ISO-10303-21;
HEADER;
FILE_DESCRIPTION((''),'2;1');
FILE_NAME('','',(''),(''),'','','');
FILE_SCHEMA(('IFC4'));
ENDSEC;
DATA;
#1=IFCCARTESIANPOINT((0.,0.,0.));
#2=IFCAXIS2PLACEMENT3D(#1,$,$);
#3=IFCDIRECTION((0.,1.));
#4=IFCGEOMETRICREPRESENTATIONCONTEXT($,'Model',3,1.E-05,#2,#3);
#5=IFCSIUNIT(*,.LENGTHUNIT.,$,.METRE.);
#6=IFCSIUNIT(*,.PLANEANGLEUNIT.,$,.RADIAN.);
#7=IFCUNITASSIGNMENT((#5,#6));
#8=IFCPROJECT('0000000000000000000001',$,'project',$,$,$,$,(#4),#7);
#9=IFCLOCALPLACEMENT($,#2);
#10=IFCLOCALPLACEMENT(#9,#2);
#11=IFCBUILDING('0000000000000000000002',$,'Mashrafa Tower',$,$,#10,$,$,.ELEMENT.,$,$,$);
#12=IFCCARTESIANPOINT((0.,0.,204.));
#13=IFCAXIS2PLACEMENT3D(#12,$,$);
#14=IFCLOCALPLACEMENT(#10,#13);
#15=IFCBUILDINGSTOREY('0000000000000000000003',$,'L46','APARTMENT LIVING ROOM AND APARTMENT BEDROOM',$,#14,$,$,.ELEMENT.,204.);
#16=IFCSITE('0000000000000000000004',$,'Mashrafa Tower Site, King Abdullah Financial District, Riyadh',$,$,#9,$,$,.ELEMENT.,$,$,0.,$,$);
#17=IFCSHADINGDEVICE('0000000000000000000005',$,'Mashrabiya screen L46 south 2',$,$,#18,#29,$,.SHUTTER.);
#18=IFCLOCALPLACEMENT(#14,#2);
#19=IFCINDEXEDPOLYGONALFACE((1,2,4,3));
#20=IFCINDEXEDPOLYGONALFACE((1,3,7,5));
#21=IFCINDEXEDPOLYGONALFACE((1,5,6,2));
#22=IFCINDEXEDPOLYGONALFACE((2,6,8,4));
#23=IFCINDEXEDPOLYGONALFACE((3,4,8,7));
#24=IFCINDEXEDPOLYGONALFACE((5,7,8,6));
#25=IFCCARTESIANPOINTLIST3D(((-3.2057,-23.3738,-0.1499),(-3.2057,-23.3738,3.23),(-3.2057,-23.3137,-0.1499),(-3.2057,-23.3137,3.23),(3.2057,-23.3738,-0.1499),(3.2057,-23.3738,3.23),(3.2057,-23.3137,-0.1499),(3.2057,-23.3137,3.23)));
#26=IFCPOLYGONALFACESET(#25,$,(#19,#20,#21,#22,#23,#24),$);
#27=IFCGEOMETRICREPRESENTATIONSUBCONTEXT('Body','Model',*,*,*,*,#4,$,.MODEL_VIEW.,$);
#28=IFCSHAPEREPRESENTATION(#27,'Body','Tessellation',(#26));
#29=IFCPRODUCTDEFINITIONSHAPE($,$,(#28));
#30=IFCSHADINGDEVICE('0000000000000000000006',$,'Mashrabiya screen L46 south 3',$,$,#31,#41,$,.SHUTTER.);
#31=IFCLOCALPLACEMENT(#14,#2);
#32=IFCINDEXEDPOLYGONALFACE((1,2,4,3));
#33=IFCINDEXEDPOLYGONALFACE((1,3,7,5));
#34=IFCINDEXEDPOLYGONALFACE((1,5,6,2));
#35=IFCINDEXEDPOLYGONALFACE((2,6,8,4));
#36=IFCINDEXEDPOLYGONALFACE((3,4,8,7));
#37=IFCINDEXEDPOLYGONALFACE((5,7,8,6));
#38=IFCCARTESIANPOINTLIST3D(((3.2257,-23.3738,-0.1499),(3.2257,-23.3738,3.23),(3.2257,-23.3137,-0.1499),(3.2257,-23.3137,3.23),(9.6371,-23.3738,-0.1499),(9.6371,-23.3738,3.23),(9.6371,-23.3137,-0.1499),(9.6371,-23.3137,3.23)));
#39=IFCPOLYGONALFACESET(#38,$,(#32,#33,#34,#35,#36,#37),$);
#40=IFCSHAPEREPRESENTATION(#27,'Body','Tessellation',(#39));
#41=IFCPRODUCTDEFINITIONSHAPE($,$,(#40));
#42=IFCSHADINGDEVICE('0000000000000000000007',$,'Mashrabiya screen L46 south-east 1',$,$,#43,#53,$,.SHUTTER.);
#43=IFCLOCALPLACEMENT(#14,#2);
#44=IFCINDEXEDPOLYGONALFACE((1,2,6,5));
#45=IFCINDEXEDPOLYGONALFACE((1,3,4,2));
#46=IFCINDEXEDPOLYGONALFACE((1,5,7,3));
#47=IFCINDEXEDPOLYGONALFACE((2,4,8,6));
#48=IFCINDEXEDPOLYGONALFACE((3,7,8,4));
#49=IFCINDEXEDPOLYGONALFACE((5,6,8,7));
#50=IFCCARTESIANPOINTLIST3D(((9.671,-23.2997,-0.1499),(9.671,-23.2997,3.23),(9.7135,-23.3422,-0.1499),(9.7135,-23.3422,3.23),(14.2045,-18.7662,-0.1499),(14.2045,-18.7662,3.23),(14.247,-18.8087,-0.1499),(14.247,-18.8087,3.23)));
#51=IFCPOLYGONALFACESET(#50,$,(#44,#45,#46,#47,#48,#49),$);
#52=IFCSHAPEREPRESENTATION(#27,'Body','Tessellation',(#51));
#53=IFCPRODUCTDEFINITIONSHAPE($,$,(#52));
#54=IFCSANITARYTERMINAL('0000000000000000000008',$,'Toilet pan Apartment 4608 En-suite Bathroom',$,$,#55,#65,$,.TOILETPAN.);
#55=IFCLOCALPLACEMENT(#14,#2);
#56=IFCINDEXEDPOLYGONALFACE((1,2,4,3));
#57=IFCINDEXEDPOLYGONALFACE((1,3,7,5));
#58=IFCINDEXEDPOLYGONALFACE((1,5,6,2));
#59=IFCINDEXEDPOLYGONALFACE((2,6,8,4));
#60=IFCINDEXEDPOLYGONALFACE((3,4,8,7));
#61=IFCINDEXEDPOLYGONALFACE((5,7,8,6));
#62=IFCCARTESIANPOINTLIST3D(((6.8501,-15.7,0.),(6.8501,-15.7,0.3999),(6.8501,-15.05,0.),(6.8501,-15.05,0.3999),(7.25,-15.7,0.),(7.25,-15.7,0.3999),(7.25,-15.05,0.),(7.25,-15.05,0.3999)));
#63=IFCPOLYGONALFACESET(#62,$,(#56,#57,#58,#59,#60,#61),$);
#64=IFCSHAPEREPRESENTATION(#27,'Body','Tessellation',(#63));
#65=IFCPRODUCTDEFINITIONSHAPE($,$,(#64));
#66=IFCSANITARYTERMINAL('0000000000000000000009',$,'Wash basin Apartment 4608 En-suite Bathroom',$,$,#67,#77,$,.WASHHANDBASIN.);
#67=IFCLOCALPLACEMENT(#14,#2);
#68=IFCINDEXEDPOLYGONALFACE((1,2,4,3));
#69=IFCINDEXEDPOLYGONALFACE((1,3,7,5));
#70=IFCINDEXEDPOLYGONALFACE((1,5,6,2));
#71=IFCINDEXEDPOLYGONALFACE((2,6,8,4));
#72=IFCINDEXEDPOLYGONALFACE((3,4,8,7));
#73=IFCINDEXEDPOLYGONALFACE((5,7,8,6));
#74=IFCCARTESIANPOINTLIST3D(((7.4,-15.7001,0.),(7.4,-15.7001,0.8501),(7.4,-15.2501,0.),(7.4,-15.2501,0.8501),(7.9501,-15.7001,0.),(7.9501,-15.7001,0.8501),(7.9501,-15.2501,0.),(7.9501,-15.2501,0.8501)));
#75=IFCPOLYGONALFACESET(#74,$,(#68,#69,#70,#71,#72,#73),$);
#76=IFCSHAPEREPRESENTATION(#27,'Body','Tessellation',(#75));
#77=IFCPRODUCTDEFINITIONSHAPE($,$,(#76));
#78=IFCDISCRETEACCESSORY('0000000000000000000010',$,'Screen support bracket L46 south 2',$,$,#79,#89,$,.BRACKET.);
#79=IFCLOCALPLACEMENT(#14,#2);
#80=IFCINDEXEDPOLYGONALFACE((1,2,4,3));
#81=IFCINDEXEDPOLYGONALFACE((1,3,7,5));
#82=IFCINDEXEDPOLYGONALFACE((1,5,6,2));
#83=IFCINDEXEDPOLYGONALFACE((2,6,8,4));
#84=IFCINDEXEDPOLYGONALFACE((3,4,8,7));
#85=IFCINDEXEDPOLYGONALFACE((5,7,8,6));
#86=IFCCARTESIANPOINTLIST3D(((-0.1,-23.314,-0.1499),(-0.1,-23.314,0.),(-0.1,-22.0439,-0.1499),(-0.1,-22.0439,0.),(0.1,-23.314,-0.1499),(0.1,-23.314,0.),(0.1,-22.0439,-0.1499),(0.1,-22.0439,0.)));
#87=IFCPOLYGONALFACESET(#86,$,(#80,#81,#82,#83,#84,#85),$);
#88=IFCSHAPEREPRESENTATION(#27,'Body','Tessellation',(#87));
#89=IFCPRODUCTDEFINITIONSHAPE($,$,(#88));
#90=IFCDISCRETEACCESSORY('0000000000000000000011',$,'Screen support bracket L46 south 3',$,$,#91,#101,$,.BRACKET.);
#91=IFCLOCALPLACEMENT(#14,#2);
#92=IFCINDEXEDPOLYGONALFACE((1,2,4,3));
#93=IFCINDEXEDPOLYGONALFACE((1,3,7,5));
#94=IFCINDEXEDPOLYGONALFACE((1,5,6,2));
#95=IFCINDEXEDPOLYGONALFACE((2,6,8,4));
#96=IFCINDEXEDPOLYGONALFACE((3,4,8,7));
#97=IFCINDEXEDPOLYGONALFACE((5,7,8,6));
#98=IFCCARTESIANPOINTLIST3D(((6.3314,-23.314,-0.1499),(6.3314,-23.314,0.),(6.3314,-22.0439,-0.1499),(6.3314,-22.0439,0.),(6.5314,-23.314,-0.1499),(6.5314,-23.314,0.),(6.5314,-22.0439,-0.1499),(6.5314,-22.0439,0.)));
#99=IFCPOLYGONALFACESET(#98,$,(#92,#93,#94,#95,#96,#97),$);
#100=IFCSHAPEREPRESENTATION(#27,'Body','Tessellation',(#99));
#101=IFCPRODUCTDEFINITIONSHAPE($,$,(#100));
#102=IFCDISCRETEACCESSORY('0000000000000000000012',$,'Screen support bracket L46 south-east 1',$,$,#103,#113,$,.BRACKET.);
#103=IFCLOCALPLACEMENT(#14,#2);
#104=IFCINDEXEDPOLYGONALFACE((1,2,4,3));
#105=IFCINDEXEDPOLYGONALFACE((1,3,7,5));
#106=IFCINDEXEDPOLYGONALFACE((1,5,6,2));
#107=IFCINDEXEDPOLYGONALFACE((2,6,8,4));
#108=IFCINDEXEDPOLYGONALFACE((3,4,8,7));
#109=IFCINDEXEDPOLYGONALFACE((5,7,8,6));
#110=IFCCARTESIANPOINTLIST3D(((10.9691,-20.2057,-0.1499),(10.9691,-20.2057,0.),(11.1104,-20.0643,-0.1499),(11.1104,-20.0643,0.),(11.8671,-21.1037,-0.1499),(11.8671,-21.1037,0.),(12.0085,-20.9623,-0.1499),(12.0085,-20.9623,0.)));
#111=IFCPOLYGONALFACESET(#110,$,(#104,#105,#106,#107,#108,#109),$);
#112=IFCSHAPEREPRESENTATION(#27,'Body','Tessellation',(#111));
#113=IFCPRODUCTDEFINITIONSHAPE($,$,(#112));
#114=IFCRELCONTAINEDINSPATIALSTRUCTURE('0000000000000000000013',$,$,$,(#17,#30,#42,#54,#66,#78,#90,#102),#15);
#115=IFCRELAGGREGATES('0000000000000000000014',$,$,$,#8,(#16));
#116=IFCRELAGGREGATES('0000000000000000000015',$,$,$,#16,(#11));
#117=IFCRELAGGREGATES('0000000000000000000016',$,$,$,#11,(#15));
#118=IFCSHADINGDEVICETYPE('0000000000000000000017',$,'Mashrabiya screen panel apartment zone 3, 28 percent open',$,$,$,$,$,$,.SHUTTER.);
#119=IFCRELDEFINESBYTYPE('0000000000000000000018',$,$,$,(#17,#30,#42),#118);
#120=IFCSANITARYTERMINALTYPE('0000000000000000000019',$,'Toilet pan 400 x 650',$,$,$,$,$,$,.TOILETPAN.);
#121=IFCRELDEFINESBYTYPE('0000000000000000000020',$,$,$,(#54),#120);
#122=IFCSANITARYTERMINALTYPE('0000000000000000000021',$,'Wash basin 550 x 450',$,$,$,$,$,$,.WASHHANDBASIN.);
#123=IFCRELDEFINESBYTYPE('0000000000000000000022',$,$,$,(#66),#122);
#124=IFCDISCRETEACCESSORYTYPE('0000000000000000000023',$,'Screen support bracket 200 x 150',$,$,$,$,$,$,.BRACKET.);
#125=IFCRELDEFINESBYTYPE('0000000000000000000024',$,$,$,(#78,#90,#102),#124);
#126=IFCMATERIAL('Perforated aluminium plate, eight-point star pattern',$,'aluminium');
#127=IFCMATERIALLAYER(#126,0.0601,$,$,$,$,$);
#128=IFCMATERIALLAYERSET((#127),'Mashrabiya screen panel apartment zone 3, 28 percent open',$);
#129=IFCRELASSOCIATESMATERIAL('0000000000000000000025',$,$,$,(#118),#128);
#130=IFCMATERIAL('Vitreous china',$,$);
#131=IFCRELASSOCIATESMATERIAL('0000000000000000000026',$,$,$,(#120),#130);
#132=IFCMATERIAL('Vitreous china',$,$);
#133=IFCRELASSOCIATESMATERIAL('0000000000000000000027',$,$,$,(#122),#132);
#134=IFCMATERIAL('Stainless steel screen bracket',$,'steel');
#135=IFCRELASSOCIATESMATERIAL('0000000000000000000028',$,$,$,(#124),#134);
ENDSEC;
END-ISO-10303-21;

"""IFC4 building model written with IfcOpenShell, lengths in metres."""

from ifc_helpers import new_model, si_unit, direction, frame, origin, origin_2d, place, context, subcontext, project, spatial, rectangle, extrude, source, transform, mapped, material, layer, layer_set, type_object, type_shapes, element, save


model = new_model("IFC4")

# Units and contexts
model_context = context("Model", 3, precision=1e-05, world=origin(), true_north=direction((0.0, 1.0)))
body_context = subcontext(model_context, "Body", "Model", "MODEL_VIEW")
ifc_project = project(units=[si_unit("LENGTHUNIT", "METRE"), si_unit("PLANEANGLEUNIT", "RADIAN")], contexts=[model_context])

# Site, building, storey
site_placement = place(None, origin())
site = spatial("IfcSite", under=ifc_project, at=site_placement, Name="Mashrafa Tower Site, King Abdullah Financial District, Riyadh", CompositionType="ELEMENT", RefElevation=0.0)
building_placement = place(site_placement, origin())
building = spatial("IfcBuilding", under=site, at=building_placement, Name="Mashrafa Tower", CompositionType="ELEMENT")
storey_placement = place(building_placement, frame((0.0, 0.0, 204.0)))
storey = spatial("IfcBuildingStorey", under=building, at=storey_placement, Name="L46", Description="APARTMENT LIVING ROOM AND APARTMENT BEDROOM", CompositionType="ELEMENT", Elevation=204.0)

# Shading devices
ifc_material_1 = material(Name="Perforated aluminium plate, eight-point star pattern", Category="aluminium")
ifc_layer_1 = layer(ifc_material_1, 0.0601)
ifc_layer_set_1 = layer_set([ifc_layer_1], Name="Mashrabiya screen panel apartment zone 3, 28 percent open")
shading_device_type = type_object("IfcShadingDeviceType", Name="Mashrabiya screen panel apartment zone 3, 28 percent open", PredefinedType="SHUTTER", material=ifc_layer_set_1)
shared_shape_1 = source(origin(), body_context, "Body", "SweptSolid", [
    extrude(rectangle(XDim=6.4114, YDim=0.0601, at=origin_2d()), origin(), (0.0, 0.0, 1.0), 3.3799),
])
type_shapes(shading_device_type, [shared_shape_1])
for number, where, z_axis, x_axis, name in (
    (1, (0.0, -23.3438, -0.1499), (0.0, 0.0, 1.0), (1.0, 0.0, 0.0), "Mashrabiya screen L46 south 2"),
    (2, (6.4314, -23.3438, -0.1499), (0.0, 0.0, 1.0), (1.0, 0.0, 0.0), "Mashrabiya screen L46 south 3"),
    (3, (11.959, -21.0542, -0.1499), (0.0, 0.0, 1.0), (0.707107, 0.707107, 0.0), "Mashrabiya screen L46 south-east 1"),
):
    element("IfcShadingDevice", number, at=place(storey_placement, frame(where, z_axis=z_axis, x_axis=x_axis)), inside=storey, type_object=shading_device_type, Name=name, PredefinedType="SHUTTER", context=body_context, shape_type="MappedRepresentation", body=[
        mapped(shared_shape_1, transform((0.0, 0.0, 0.0))),
    ])

# Sanitary terminals
ifc_material_2 = material(Name="Vitreous china")
sanitary_terminal_type_1 = type_object("IfcSanitaryTerminalType", Name="Toilet pan 400 x 650", PredefinedType="TOILETPAN", material=ifc_material_2)
sanitary_terminal_1_placement = place(storey_placement, frame((7.05, -15.375, 0.0), z_axis=(0.0, 0.0, 1.0), x_axis=(1.0, 0.0, 0.0)))
element("IfcSanitaryTerminal", 4, at=sanitary_terminal_1_placement, inside=storey, type_object=sanitary_terminal_type_1, Name="Toilet pan Apartment 4608 En-suite Bathroom", PredefinedType="TOILETPAN", context=body_context, shape_type="SweptSolid", body=[
    extrude(rectangle(XDim=0.3999, YDim=0.6499, at=origin_2d()), origin(), (0.0, 0.0, 1.0), 0.3999),
])
ifc_material_3 = material(Name="Vitreous china")
sanitary_terminal_type_2 = type_object("IfcSanitaryTerminalType", Name="Wash basin 550 x 450", PredefinedType="WASHHANDBASIN", material=ifc_material_3)
sanitary_terminal_2_placement = place(storey_placement, frame((7.675, -15.4751, 0.0), z_axis=(0.0, 0.0, 1.0), x_axis=(1.0, 0.0, 0.0)))
element("IfcSanitaryTerminal", 5, at=sanitary_terminal_2_placement, inside=storey, type_object=sanitary_terminal_type_2, Name="Wash basin Apartment 4608 En-suite Bathroom", PredefinedType="WASHHANDBASIN", context=body_context, shape_type="SweptSolid", body=[
    extrude(rectangle(XDim=0.55, YDim=0.45, at=origin_2d()), origin(), (0.0, 0.0, 1.0), 0.8501),
])

# Discrete accessories
ifc_material_4 = material(Name="Stainless steel screen bracket", Category="steel")
discrete_accessory_type = type_object("IfcDiscreteAccessoryType", Name="Screen support bracket 200 x 150", PredefinedType="BRACKET", material=ifc_material_4)
shared_shape_2 = source(origin(), body_context, "Body", "SweptSolid", [
    extrude(rectangle(XDim=0.2, YDim=1.27, at=origin_2d()), origin(), (0.0, 0.0, 1.0), 0.1499),
])
type_shapes(discrete_accessory_type, [shared_shape_2])
for number, where, z_axis, x_axis, name in (
    (6, (0.0, -22.679, -0.1499), (0.0, 0.0, 1.0), (1.0, 0.0, 0.0), "Screen support bracket L46 south 2"),
    (7, (6.4314, -22.679, -0.1499), (0.0, 0.0, 1.0), (1.0, 0.0, 0.0), "Screen support bracket L46 south 3"),
    (8, (11.4888, -20.584, -0.1499), (0.0, 0.0, 1.0), (0.707107, 0.707107, 0.0), "Screen support bracket L46 south-east 1"),
):
    element("IfcDiscreteAccessory", number, at=place(storey_placement, frame(where, z_axis=z_axis, x_axis=x_axis)), inside=storey, type_object=discrete_accessory_type, Name=name, PredefinedType="BRACKET", context=body_context, shape_type="MappedRepresentation", body=[
        mapped(shared_shape_2, transform((0.0, 0.0, 0.0))),
    ])

save(model, "model.ifc")
